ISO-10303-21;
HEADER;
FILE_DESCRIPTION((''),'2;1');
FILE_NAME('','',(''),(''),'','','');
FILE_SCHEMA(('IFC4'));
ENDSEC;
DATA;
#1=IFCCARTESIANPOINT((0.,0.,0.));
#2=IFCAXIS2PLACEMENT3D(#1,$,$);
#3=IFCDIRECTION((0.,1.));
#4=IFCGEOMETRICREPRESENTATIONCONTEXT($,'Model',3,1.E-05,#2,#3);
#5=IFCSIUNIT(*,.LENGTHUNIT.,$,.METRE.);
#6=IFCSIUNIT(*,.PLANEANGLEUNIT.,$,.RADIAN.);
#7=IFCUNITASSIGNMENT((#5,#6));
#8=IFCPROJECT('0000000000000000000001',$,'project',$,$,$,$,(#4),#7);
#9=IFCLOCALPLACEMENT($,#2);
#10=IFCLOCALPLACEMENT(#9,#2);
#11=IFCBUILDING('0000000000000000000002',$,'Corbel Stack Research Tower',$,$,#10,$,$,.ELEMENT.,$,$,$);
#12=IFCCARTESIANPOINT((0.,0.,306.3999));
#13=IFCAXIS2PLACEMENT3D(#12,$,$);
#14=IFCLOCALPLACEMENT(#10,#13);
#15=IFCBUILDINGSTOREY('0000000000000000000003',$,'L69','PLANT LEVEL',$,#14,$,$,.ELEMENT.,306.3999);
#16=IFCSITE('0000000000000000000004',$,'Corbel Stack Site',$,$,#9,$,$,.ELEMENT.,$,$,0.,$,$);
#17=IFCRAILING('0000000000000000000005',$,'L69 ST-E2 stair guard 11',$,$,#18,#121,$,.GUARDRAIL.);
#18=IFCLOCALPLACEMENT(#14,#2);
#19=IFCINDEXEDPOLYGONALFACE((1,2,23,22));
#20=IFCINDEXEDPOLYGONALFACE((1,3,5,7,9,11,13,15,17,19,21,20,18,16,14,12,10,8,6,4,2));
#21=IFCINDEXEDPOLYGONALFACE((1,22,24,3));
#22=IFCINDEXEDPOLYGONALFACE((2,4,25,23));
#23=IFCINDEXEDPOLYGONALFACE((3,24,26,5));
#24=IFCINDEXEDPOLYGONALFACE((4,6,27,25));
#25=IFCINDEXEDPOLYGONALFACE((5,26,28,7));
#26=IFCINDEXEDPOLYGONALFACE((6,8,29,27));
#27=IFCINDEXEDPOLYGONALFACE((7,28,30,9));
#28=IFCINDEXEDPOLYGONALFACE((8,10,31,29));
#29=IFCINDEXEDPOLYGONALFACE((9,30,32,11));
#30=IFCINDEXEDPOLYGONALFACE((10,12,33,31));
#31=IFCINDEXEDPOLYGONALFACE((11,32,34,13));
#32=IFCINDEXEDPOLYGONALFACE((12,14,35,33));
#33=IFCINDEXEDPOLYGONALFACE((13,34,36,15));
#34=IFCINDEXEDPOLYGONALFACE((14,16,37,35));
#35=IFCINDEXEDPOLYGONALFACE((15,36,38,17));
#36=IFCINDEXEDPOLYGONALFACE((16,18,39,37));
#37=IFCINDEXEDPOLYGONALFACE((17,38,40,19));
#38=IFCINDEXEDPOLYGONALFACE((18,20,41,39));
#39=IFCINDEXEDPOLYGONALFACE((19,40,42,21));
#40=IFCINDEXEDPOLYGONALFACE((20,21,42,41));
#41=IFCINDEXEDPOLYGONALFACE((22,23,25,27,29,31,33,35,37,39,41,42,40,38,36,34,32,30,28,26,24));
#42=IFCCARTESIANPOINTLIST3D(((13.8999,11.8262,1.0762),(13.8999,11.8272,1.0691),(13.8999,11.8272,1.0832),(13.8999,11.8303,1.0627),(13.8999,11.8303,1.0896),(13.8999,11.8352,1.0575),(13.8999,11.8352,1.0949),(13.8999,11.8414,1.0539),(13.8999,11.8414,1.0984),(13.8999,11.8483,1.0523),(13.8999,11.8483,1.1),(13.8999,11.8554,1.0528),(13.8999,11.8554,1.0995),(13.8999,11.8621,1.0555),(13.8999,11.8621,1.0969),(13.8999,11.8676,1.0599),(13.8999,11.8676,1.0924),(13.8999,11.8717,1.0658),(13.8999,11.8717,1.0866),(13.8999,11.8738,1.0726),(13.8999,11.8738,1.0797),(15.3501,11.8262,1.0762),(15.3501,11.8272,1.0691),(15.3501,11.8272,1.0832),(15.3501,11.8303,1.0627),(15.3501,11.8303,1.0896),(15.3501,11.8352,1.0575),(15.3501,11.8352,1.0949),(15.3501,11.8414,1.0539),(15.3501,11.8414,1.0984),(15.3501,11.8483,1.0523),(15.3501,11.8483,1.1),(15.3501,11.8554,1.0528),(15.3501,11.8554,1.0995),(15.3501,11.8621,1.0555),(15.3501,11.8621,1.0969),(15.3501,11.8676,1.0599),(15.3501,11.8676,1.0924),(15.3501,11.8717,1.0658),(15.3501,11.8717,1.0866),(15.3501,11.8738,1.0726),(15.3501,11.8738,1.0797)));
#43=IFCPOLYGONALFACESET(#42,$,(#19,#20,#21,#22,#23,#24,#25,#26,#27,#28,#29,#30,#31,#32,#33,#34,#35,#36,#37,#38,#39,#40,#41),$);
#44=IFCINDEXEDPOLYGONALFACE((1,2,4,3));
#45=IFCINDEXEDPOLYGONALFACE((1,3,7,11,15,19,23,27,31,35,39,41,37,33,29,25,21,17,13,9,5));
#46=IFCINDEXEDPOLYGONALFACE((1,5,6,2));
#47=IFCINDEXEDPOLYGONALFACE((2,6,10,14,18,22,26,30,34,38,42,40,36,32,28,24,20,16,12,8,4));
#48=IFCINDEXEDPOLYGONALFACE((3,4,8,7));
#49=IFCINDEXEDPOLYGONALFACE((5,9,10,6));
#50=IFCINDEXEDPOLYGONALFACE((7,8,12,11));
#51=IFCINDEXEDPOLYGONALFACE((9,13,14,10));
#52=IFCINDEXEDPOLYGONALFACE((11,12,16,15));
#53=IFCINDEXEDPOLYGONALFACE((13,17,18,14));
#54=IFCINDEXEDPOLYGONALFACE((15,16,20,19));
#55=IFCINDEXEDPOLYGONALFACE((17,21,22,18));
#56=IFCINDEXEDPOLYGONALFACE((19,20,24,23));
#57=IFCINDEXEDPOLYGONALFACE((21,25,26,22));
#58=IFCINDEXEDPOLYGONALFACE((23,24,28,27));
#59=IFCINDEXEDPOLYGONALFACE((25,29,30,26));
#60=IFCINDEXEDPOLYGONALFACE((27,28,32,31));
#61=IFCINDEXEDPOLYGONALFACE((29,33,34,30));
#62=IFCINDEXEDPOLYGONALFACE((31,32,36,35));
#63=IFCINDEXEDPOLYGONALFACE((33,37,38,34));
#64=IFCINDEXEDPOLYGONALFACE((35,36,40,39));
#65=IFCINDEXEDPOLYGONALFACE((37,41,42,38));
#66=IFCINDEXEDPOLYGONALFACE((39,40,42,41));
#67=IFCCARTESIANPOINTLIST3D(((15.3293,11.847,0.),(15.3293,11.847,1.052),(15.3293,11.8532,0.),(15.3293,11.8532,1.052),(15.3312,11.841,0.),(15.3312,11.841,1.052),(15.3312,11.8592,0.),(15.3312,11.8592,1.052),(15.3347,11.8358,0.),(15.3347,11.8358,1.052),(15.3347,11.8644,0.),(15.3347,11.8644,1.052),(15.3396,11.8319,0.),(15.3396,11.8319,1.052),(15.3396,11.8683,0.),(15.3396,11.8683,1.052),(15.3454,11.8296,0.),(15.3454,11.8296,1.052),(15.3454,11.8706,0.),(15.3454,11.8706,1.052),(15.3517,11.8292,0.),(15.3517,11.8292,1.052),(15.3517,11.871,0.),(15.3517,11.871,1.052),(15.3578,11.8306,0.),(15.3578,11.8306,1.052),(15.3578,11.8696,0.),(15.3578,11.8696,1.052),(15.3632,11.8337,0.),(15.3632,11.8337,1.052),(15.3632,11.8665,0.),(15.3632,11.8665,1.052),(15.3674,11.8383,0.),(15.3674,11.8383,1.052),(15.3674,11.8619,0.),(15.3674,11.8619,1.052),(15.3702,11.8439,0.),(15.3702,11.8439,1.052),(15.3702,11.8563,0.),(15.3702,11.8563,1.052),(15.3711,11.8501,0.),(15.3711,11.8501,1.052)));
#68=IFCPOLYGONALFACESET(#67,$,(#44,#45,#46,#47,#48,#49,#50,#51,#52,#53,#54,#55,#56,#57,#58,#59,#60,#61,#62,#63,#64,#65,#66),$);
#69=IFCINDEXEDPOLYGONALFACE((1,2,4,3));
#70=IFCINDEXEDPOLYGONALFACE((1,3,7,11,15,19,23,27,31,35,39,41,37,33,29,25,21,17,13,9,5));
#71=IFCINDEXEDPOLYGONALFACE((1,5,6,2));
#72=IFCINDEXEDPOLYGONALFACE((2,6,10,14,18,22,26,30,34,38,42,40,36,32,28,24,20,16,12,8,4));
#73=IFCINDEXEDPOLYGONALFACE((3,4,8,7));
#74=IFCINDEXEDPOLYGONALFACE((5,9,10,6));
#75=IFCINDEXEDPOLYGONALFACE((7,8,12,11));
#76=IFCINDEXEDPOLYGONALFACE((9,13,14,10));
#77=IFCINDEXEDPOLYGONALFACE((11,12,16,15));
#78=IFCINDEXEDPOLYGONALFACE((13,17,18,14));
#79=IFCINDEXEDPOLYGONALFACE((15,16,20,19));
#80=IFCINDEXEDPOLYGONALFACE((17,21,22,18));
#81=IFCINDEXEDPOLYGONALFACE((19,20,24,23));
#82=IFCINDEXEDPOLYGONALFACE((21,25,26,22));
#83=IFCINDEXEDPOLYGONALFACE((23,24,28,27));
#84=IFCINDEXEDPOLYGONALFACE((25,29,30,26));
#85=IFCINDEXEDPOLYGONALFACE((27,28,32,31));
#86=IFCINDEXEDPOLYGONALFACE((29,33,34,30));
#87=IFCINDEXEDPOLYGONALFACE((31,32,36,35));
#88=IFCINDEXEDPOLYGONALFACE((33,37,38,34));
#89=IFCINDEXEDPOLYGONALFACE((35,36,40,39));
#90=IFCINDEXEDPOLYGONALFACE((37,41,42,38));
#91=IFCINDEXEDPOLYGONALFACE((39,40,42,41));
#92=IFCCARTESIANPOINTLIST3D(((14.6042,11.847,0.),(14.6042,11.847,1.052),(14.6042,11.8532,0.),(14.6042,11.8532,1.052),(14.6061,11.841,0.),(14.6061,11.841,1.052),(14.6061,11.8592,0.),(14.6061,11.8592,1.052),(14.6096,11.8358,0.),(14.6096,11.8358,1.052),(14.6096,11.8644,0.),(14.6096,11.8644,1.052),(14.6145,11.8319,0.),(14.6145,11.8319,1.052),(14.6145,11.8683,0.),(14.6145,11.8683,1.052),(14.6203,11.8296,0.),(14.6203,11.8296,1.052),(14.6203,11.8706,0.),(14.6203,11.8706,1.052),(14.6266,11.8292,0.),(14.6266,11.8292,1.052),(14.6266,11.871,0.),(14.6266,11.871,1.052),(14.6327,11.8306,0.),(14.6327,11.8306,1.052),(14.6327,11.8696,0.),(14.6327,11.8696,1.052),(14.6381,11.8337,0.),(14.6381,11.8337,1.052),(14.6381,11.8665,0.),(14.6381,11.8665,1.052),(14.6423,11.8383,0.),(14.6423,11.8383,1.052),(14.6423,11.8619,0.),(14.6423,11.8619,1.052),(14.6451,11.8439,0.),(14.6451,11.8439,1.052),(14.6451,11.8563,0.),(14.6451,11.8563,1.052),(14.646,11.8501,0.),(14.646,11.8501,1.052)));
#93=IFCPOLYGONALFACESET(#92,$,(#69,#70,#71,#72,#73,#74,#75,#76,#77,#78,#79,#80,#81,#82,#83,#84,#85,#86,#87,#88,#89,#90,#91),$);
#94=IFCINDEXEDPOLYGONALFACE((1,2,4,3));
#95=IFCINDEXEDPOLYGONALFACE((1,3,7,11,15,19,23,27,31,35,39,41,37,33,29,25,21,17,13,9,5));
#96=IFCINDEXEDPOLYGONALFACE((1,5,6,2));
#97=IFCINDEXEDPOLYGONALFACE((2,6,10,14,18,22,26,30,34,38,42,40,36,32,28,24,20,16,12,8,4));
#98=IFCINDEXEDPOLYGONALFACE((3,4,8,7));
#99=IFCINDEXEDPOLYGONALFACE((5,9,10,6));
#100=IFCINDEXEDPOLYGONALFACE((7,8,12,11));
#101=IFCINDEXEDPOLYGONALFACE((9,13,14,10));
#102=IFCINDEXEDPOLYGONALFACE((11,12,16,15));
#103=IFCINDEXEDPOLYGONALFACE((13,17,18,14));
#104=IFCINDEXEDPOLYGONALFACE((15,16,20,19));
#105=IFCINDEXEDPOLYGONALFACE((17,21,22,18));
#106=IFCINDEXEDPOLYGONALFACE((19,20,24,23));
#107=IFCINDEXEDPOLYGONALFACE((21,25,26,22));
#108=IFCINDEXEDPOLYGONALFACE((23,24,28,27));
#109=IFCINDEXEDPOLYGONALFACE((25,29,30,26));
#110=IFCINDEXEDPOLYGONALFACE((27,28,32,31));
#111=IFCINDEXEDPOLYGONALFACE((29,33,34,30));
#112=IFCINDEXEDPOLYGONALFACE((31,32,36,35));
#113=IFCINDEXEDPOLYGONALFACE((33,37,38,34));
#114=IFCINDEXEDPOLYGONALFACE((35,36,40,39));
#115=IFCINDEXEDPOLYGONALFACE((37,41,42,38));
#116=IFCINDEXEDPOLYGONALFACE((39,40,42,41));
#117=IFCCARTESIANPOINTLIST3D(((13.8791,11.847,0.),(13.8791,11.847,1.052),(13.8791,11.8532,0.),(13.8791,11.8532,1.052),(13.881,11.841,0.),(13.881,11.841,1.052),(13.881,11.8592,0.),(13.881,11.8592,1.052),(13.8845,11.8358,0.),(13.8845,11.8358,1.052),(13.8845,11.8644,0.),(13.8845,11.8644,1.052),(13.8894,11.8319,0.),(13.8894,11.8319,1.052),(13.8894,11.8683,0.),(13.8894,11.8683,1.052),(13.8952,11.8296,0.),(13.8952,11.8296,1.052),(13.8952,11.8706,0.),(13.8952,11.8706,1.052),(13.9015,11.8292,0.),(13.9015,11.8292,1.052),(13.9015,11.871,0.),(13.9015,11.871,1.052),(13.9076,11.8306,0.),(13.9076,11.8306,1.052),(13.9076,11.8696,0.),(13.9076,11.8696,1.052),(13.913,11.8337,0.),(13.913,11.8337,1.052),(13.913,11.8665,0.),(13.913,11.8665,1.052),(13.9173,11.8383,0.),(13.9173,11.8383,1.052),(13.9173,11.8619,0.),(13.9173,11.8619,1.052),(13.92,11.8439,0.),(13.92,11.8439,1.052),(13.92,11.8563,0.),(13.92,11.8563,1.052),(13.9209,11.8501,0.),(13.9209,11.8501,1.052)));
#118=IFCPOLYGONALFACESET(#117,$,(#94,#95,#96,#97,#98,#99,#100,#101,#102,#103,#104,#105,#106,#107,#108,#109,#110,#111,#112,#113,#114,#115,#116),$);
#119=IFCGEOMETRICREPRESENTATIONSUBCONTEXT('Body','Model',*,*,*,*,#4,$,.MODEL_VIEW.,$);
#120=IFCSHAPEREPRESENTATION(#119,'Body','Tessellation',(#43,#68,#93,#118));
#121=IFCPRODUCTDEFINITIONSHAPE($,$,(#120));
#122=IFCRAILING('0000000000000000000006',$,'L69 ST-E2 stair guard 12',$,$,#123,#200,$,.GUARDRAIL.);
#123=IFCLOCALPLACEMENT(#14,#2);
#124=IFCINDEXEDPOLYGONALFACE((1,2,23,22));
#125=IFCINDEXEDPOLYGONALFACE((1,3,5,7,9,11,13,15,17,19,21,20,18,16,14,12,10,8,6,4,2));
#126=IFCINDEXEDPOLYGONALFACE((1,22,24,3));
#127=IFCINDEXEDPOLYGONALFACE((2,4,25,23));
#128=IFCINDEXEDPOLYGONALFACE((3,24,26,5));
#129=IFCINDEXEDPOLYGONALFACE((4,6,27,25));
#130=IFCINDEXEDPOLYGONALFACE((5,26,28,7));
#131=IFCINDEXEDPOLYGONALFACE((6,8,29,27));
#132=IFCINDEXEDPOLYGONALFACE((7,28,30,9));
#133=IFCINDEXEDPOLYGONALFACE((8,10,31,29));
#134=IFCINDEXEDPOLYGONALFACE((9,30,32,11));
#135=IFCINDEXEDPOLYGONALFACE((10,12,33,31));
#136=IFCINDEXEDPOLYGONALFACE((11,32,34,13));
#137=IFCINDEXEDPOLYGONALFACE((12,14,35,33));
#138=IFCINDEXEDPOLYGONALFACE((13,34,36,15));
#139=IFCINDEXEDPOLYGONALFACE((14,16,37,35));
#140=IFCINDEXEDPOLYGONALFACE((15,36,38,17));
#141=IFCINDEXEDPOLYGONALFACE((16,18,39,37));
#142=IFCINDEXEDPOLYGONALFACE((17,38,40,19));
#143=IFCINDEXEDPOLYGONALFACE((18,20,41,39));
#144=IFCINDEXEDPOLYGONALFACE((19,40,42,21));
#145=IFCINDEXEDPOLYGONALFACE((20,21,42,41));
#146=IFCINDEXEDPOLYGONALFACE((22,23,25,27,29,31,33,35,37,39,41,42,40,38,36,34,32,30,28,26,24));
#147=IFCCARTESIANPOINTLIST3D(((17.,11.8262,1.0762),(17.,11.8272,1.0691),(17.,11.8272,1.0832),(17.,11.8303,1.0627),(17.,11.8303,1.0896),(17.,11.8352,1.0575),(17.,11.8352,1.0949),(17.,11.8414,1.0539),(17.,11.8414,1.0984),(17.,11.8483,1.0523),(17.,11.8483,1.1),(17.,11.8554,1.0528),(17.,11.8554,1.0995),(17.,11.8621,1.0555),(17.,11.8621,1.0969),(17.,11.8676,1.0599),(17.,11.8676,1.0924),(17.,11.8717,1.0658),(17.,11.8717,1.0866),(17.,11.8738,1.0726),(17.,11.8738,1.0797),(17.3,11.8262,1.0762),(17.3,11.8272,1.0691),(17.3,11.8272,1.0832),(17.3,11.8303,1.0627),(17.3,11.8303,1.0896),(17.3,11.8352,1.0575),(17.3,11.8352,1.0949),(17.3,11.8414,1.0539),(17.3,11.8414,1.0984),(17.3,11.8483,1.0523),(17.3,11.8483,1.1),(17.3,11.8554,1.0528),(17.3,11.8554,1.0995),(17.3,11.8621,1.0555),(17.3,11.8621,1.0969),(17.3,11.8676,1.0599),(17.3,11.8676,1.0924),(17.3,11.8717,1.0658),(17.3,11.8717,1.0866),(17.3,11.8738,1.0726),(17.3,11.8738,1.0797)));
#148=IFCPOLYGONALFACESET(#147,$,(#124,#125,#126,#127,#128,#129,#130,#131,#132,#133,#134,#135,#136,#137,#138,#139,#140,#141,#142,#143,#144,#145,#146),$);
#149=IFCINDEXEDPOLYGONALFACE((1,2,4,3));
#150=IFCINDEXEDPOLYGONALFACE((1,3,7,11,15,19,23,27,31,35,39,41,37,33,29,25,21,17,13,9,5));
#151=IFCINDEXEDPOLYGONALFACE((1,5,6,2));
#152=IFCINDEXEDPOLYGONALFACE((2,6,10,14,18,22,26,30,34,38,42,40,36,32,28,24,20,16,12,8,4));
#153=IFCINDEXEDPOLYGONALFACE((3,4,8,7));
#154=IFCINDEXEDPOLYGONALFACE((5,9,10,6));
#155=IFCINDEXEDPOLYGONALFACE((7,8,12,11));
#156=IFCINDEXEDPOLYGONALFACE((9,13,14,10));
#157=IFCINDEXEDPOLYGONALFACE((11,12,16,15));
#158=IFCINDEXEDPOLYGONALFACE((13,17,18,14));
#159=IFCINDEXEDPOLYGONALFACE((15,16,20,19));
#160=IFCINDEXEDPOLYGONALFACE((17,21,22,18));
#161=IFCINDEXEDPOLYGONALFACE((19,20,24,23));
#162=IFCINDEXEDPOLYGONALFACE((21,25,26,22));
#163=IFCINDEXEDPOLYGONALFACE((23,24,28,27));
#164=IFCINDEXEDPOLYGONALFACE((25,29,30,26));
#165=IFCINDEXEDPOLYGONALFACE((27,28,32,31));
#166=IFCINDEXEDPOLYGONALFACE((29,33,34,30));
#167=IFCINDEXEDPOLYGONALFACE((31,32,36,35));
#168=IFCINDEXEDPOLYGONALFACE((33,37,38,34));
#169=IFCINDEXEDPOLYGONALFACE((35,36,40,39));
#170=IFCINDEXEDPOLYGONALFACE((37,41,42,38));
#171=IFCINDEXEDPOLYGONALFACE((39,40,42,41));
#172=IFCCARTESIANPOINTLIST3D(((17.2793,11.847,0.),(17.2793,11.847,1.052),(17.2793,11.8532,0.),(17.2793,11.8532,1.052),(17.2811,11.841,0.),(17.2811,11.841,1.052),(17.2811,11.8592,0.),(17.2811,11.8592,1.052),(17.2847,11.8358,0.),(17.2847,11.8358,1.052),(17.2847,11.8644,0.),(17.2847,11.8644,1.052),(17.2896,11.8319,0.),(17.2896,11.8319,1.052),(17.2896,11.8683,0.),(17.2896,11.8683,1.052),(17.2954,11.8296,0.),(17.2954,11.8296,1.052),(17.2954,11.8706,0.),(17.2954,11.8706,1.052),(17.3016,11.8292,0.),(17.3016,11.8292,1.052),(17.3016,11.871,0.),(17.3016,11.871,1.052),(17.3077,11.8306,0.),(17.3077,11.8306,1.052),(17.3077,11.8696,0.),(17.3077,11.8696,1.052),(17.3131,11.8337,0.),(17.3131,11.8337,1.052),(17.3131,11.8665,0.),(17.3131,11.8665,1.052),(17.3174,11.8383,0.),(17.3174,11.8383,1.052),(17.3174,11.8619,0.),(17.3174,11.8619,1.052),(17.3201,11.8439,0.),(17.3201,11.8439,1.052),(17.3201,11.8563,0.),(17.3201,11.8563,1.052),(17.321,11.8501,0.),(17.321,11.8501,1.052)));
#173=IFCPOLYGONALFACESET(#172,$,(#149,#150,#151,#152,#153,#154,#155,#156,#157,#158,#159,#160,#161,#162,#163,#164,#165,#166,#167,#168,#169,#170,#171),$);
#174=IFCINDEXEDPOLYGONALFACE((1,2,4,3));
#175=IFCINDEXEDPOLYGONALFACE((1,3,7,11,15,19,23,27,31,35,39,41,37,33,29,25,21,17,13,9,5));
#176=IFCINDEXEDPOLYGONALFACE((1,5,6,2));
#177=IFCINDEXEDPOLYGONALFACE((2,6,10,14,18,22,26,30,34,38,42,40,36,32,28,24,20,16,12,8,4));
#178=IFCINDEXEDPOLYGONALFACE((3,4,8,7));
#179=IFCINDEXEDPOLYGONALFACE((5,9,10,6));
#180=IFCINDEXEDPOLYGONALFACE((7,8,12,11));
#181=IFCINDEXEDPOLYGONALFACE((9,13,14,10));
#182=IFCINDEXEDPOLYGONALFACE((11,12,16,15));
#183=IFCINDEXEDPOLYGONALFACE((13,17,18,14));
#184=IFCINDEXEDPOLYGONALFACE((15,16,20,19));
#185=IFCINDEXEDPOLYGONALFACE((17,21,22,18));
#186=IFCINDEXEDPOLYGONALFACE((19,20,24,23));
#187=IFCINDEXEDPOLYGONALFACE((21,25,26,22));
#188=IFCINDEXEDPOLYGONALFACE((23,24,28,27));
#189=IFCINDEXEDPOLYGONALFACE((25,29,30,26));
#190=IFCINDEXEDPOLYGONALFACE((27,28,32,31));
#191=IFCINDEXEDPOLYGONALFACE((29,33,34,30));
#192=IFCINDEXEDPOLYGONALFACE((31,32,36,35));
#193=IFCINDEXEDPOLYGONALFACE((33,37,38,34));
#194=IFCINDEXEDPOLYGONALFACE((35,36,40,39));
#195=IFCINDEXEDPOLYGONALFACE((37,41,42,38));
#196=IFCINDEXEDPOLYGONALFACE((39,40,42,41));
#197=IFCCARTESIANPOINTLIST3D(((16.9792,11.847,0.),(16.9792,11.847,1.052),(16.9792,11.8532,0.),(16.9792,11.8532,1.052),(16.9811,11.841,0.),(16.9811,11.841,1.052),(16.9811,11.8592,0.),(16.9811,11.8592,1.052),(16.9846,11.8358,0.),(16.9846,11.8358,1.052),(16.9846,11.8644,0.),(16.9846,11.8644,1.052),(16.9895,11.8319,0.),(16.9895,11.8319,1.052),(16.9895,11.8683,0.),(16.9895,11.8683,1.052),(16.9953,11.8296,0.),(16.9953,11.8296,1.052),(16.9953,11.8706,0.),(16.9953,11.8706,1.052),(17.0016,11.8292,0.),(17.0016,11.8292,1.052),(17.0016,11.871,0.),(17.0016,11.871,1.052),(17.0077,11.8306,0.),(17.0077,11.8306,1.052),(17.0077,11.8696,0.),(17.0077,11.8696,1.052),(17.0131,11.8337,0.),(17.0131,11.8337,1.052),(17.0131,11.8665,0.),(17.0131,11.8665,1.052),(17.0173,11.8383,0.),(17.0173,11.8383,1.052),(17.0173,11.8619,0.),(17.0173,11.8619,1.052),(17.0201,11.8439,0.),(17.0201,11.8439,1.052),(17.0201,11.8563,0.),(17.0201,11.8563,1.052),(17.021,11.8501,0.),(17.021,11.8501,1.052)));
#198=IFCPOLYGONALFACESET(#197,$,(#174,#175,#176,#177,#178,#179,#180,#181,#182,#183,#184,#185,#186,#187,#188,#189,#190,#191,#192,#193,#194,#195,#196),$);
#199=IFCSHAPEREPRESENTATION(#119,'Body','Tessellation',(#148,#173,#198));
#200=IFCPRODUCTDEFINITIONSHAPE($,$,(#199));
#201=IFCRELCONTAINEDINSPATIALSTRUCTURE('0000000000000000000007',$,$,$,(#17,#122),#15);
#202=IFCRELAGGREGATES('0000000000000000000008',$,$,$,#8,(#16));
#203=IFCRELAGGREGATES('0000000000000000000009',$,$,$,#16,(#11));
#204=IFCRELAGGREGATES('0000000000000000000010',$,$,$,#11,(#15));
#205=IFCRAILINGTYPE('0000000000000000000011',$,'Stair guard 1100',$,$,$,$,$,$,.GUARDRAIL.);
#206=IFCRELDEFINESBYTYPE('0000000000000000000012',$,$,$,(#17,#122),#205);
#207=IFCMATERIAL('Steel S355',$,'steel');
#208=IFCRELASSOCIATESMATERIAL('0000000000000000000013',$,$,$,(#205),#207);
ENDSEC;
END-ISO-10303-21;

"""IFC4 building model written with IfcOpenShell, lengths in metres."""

from ifc_helpers import new_model, si_unit, direction, frame, origin, origin_2d, place, context, subcontext, project, spatial, circle, extrude, material, type_object, element, save


model = new_model("IFC4")

# Units and contexts
model_context = context("Model", 3, precision=1e-05, world=origin(), true_north=direction((0.0, 1.0)))
body_context = subcontext(model_context, "Body", "Model", "MODEL_VIEW")
ifc_project = project(units=[si_unit("LENGTHUNIT", "METRE"), si_unit("PLANEANGLEUNIT", "RADIAN")], contexts=[model_context])

# Site, building, storey
site_placement = place(None, origin())
site = spatial("IfcSite", under=ifc_project, at=site_placement, Name="Corbel Stack Site", CompositionType="ELEMENT", RefElevation=0.0)
building_placement = place(site_placement, origin())
building = spatial("IfcBuilding", under=site, at=building_placement, Name="Corbel Stack Research Tower", CompositionType="ELEMENT")
storey_placement = place(building_placement, frame((0.0, 0.0, 306.3999)))
storey = spatial("IfcBuildingStorey", under=building, at=storey_placement, Name="L69", Description="PLANT LEVEL", CompositionType="ELEMENT", Elevation=306.3999)

# Railings
ifc_material_1 = material(Name="Steel S355", Category="steel")
railing_type_1 = type_object("IfcRailingType", Name="Stair guard 1100", PredefinedType="GUARDRAIL", material=ifc_material_1)
railing_1_placement = place(storey_placement, frame((15.3501, 11.8501, 0.0)))
element("IfcRailing", 1, at=railing_1_placement, inside=storey, type_object=railing_type_1, Name="L69 ST-E2 stair guard 11", PredefinedType="GUARDRAIL", context=body_context, shape_type="SweptSolid", body=[
    extrude(circle(Radius=0.0239, at=origin_2d()), frame((0.0, 0.0, 1.0762), z_axis=(-1.0, 0.0, 0.0), x_axis=(0.0, -1.0, 0.0)), (0.0, 0.0, 1.0), 1.4502),
    extrude(circle(Radius=0.021, at=origin_2d()), origin(), (0.0, 0.0, 1.0), 1.052),
    extrude(circle(Radius=0.021, at=origin_2d()), frame((-0.7251, 0.0, 0.0)), (0.0, 0.0, 1.0), 1.052),
    extrude(circle(Radius=0.021, at=origin_2d()), frame((-1.4502, 0.0, 0.0)), (0.0, 0.0, 1.0), 1.052),
])
railing_2_placement = place(storey_placement, frame((17.3, 11.8501, 0.0)))
element("IfcRailing", 2, at=railing_2_placement, inside=storey, type_object=railing_type_1, Name="L69 ST-E2 stair guard 12", PredefinedType="GUARDRAIL", context=body_context, shape_type="SweptSolid", body=[
    extrude(circle(Radius=0.0239, at=origin_2d()), frame((0.0, 0.0, 1.0762), z_axis=(-1.0, 0.0, 0.0), x_axis=(0.0, -1.0, 0.0)), (0.0, 0.0, 1.0), 0.3),
    extrude(circle(Radius=0.021, at=origin_2d()), origin(), (0.0, 0.0, 1.0), 1.052),
    extrude(circle(Radius=0.021, at=origin_2d()), frame((-0.3, 0.0, 0.0)), (0.0, 0.0, 1.0), 1.052),
])

save(model, "model.ifc")
